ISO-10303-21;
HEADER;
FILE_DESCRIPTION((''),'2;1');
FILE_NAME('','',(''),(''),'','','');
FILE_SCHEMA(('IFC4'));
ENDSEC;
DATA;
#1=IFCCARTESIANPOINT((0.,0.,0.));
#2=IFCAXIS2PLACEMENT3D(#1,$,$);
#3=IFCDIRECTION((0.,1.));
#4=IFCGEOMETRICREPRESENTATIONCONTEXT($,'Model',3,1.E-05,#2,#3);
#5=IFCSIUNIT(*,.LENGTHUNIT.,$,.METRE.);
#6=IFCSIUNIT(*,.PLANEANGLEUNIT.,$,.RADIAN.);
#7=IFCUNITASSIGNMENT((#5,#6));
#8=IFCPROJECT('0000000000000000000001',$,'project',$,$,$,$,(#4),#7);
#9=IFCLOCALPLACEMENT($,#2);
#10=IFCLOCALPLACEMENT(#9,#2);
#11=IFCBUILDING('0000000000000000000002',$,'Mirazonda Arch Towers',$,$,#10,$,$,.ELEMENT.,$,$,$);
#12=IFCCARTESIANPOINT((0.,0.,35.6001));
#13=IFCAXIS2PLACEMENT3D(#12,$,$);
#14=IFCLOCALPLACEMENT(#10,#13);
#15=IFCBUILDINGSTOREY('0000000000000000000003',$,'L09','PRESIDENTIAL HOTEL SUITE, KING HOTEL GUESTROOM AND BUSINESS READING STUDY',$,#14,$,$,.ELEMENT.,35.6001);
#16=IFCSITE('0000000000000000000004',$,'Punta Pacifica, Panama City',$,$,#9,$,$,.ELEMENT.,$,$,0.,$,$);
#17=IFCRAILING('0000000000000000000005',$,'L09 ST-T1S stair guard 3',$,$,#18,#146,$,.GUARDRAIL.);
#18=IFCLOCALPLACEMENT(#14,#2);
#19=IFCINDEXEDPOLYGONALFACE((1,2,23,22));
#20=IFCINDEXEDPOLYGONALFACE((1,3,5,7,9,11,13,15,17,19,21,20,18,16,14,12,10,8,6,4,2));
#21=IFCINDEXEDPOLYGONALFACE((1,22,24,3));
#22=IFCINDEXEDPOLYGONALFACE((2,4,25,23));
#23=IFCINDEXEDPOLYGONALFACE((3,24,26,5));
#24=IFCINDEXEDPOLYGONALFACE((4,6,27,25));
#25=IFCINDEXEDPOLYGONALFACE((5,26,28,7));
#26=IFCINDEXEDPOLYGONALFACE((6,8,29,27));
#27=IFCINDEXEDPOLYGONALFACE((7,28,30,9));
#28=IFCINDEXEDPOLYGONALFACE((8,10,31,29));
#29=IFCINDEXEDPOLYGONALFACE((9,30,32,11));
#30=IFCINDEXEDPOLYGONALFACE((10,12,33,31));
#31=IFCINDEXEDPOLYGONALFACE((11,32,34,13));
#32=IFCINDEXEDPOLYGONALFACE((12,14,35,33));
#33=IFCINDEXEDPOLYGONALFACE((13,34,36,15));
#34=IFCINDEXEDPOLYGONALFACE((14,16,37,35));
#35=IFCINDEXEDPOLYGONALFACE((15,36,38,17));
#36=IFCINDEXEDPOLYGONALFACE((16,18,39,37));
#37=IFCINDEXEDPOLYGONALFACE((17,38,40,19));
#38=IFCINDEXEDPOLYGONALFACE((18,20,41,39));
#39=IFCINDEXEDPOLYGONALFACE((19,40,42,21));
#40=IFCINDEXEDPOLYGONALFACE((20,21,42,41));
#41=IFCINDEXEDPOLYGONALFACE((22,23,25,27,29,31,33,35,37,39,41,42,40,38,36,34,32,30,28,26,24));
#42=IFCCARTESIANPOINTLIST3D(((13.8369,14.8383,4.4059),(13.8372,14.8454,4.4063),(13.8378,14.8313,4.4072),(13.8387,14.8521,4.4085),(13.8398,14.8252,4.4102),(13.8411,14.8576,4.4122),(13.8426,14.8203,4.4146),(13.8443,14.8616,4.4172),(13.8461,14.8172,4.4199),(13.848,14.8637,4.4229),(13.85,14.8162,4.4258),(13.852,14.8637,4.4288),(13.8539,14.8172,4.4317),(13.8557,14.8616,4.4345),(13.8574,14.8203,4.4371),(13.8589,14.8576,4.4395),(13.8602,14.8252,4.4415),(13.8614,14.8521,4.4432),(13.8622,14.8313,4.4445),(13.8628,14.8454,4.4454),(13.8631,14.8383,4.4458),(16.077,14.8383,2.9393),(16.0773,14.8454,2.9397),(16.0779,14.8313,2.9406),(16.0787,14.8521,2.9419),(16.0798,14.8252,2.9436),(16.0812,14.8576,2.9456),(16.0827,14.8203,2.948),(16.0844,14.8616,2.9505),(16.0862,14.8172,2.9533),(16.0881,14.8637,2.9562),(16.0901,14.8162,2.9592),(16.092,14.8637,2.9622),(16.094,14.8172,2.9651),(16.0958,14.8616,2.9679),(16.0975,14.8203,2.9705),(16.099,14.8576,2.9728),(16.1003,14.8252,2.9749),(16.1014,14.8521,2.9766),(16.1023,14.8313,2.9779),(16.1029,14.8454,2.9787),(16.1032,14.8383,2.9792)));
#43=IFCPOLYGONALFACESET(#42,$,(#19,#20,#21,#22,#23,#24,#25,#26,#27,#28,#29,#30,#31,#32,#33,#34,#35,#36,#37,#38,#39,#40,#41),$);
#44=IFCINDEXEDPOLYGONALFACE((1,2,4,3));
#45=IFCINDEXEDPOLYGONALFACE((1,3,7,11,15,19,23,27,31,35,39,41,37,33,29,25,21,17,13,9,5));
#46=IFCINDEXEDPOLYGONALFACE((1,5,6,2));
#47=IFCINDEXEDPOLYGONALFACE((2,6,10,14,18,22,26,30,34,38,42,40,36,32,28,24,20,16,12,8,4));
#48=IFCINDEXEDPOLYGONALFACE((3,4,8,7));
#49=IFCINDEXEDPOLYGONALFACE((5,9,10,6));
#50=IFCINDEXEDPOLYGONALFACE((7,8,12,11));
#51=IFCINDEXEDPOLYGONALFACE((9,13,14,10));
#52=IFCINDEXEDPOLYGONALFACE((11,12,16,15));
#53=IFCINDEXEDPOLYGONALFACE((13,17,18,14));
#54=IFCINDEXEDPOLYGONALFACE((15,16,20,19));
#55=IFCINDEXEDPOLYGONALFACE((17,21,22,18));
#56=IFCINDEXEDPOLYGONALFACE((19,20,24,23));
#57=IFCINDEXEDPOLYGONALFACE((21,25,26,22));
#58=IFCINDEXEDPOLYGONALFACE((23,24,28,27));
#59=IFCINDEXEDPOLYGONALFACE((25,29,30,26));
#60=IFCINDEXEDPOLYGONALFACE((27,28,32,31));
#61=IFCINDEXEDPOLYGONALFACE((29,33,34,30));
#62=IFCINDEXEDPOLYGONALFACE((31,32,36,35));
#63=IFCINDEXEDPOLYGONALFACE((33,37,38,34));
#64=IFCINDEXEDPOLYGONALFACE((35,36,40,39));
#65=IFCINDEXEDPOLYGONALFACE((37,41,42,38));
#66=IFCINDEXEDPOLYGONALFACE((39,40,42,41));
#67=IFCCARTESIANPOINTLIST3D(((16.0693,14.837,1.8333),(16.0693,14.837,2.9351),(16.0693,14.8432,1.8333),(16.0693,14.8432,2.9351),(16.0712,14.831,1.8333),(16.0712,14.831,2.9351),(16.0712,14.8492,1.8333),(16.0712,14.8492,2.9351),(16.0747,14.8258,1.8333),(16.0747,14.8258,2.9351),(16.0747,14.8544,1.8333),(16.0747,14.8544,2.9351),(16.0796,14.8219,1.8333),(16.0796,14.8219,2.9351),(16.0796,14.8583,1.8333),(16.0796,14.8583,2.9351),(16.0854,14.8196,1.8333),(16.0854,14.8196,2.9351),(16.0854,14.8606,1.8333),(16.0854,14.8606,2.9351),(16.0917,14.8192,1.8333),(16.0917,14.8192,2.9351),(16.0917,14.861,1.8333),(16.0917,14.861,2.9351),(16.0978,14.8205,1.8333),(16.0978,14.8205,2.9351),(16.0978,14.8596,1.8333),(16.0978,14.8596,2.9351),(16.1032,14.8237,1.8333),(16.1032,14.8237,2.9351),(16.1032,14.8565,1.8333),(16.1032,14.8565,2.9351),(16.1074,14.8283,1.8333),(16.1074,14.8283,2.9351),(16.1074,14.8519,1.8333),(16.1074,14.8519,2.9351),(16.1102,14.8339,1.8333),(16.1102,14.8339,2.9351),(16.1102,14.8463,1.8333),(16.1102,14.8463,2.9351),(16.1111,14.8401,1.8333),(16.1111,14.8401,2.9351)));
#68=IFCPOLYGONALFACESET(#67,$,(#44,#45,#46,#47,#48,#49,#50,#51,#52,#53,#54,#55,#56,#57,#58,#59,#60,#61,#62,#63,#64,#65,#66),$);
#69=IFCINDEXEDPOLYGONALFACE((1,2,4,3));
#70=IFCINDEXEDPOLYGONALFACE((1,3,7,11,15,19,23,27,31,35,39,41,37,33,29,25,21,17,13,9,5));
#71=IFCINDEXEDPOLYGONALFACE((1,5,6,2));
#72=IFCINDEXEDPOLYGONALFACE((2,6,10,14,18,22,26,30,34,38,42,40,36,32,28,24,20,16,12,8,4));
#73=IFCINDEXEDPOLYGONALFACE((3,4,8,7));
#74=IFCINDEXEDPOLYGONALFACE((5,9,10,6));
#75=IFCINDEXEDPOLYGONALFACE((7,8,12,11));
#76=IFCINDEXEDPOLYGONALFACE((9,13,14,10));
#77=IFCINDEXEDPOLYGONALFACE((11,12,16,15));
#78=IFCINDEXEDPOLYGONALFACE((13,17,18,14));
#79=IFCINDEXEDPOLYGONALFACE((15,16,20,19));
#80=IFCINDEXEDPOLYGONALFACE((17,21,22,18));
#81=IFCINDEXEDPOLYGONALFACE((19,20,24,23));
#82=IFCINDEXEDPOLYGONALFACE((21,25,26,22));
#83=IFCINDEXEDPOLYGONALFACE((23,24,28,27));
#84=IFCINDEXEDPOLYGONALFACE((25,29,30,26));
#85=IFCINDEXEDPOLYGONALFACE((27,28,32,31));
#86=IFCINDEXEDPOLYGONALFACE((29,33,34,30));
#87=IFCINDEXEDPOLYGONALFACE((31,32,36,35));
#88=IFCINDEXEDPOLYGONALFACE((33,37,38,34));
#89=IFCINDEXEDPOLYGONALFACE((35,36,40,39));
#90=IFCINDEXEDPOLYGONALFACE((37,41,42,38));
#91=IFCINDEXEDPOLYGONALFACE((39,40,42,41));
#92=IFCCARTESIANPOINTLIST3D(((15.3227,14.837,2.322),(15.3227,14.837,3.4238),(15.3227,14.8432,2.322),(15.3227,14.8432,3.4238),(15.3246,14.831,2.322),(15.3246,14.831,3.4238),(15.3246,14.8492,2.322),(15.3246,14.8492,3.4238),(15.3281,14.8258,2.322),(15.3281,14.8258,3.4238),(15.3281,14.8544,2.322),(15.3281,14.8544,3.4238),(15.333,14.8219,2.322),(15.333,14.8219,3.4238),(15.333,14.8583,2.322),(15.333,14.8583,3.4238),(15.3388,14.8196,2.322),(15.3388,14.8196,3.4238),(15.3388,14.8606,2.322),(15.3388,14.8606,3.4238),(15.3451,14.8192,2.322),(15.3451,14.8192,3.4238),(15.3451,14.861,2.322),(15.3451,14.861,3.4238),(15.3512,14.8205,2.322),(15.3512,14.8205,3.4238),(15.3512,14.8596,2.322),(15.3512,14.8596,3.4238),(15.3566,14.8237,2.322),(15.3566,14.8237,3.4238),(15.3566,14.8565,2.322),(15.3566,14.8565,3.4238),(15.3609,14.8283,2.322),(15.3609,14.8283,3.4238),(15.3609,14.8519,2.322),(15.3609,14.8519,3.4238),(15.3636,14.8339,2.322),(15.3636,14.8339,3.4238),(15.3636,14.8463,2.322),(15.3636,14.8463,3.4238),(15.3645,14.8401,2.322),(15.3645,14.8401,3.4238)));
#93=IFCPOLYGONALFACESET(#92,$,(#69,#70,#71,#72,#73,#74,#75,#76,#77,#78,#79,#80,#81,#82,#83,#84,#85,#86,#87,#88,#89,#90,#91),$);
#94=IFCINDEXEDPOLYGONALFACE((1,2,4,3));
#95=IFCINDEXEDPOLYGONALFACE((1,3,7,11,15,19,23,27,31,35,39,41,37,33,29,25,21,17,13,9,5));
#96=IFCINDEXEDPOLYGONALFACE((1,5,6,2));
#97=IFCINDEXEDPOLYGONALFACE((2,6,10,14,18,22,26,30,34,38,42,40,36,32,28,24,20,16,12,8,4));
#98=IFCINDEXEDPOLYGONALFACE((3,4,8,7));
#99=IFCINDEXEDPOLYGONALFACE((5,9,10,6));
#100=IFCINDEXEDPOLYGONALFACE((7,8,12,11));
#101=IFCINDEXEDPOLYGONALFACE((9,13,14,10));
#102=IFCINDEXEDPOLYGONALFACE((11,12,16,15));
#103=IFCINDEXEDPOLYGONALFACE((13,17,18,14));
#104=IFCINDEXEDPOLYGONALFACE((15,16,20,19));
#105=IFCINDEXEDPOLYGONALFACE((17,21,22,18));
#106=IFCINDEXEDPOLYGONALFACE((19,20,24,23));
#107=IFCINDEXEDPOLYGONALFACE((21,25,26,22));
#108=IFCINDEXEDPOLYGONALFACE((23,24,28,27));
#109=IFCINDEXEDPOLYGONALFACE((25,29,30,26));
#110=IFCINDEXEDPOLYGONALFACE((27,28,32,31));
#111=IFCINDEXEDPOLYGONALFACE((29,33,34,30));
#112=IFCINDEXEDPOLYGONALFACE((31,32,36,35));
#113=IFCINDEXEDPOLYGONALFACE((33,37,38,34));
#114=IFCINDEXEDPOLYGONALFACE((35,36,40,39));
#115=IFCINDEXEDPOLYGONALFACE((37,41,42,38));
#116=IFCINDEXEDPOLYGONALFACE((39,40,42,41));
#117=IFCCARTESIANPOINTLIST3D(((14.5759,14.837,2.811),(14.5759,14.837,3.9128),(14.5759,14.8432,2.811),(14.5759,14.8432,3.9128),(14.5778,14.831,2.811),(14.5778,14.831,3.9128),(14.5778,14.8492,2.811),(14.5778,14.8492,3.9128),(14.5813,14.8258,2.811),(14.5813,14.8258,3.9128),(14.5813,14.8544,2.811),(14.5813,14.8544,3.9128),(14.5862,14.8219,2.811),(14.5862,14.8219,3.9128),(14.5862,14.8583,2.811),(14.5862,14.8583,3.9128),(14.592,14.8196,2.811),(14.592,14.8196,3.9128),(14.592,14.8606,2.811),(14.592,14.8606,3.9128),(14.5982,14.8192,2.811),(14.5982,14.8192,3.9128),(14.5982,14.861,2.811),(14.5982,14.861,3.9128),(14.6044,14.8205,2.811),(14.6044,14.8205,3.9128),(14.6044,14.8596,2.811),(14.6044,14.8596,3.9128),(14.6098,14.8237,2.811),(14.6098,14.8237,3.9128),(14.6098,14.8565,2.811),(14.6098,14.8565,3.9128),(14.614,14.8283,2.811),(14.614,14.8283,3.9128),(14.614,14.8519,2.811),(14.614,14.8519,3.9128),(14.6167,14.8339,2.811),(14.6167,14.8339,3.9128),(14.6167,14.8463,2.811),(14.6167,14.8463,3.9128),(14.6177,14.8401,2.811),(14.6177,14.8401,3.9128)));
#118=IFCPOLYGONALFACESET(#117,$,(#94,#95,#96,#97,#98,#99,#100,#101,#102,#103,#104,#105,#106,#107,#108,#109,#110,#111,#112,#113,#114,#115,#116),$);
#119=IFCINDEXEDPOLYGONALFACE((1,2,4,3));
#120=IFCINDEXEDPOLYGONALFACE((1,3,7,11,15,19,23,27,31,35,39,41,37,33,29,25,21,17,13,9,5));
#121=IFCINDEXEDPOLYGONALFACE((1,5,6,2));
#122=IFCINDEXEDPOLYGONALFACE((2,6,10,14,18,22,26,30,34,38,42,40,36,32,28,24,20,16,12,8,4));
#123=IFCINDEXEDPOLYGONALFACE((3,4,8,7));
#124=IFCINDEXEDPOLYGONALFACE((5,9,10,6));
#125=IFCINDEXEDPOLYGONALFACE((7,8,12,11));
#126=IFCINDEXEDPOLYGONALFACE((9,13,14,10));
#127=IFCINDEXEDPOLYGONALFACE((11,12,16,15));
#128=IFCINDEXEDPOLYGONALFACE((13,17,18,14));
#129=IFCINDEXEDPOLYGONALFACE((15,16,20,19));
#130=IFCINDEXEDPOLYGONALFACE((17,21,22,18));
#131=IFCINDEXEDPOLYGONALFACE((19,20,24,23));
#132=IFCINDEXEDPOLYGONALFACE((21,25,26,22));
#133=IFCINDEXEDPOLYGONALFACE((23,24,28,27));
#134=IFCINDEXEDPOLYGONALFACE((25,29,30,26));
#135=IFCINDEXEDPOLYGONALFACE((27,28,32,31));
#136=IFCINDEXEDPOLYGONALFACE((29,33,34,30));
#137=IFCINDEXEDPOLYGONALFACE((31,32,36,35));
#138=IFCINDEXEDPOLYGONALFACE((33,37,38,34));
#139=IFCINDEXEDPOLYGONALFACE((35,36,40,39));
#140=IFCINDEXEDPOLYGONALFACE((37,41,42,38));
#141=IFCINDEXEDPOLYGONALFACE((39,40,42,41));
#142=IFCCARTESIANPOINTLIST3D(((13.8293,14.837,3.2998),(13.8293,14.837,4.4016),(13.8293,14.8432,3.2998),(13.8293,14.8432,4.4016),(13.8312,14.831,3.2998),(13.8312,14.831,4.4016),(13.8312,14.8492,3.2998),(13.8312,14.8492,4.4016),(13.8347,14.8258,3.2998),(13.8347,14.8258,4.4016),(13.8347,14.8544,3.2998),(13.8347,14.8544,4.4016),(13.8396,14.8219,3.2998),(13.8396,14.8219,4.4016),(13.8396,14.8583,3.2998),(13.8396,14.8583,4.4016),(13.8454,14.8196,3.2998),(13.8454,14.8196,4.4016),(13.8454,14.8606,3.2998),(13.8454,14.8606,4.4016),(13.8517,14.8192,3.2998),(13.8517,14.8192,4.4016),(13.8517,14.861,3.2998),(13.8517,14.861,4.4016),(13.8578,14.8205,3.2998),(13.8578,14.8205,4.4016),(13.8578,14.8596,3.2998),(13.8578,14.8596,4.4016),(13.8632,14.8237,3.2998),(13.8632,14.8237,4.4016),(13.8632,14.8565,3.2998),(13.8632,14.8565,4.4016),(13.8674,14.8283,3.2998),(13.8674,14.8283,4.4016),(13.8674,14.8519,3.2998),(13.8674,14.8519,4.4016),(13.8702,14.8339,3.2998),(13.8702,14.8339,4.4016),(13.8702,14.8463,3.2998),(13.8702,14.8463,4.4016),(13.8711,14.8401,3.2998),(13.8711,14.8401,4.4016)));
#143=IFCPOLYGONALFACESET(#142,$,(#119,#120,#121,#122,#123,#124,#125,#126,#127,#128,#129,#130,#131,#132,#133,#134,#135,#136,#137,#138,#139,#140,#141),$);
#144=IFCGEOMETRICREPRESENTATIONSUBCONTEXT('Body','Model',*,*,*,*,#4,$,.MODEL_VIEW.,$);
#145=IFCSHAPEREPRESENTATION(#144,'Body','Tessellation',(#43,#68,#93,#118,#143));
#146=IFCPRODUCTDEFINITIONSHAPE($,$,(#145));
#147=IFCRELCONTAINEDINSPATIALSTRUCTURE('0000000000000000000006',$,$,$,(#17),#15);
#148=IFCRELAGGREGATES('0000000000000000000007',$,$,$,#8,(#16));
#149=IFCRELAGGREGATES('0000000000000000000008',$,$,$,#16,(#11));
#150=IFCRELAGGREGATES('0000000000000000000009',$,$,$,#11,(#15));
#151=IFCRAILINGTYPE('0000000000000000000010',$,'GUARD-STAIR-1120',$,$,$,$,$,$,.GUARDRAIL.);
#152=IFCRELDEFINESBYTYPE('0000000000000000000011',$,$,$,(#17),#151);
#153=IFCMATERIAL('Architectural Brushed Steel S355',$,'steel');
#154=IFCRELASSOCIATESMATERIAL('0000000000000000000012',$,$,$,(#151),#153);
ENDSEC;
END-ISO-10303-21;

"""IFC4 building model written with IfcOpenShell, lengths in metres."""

from ifc_helpers import new_model, si_unit, direction, frame, origin, origin_2d, place, context, subcontext, project, spatial, circle, extrude, material, type_object, element, save


model = new_model("IFC4")

# Units and contexts
model_context = context("Model", 3, precision=1e-05, world=origin(), true_north=direction((0.0, 1.0)))
body_context = subcontext(model_context, "Body", "Model", "MODEL_VIEW")
ifc_project = project(units=[si_unit("LENGTHUNIT", "METRE"), si_unit("PLANEANGLEUNIT", "RADIAN")], contexts=[model_context])

# Site, building, storey
site_placement = place(None, origin())
site = spatial("IfcSite", under=ifc_project, at=site_placement, Name="Punta Pacifica, Panama City", CompositionType="ELEMENT", RefElevation=0.0)
building_placement = place(site_placement, origin())
building = spatial("IfcBuilding", under=site, at=building_placement, Name="Mirazonda Arch Towers", CompositionType="ELEMENT")
storey_placement = place(building_placement, frame((0.0, 0.0, 35.6001)))
storey = spatial("IfcBuildingStorey", under=building, at=storey_placement, Name="L09", Description="PRESIDENTIAL HOTEL SUITE, KING HOTEL GUESTROOM AND BUSINESS READING STUDY", CompositionType="ELEMENT", Elevation=35.6001)

# Railing
ifc_material_1 = material(Name="Architectural Brushed Steel S355", Category="steel")
railing_type_1 = type_object("IfcRailingType", Name="GUARD-STAIR-1120", PredefinedType="GUARDRAIL", material=ifc_material_1)
railing_1_placement = place(storey_placement, frame((16.0901, 14.8401, 1.8333)))
element("IfcRailing", 1, at=railing_1_placement, inside=storey, type_object=railing_type_1, Name="L09 ST-T1S stair guard 3", PredefinedType="GUARDRAIL", context=body_context, shape_type="SweptSolid", body=[
    extrude(circle(Radius=0.0239, at=origin_2d()), frame((0.0, 0.0, 1.126), z_axis=(-0.836637, 0.0, 0.547758), x_axis=(0.0, -1.0, 0.0)), (0.0, 0.0, 1.0), 2.6775),
    extrude(circle(Radius=0.021, at=origin_2d()), origin(), (0.0, 0.0, 1.0), 1.1018),
    extrude(circle(Radius=0.021, at=origin_2d()), frame((-0.7466, 0.0, 0.4888)), (0.0, 0.0, 1.0), 1.1018),
    extrude(circle(Radius=0.021, at=origin_2d()), frame((-1.4934, 0.0, 0.9778)), (0.0, 0.0, 1.0), 1.1018),
    extrude(circle(Radius=0.021, at=origin_2d()), frame((-2.24, 0.0, 1.4666)), (0.0, 0.0, 1.0), 1.1018),
])

save(model, "model.ifc")
